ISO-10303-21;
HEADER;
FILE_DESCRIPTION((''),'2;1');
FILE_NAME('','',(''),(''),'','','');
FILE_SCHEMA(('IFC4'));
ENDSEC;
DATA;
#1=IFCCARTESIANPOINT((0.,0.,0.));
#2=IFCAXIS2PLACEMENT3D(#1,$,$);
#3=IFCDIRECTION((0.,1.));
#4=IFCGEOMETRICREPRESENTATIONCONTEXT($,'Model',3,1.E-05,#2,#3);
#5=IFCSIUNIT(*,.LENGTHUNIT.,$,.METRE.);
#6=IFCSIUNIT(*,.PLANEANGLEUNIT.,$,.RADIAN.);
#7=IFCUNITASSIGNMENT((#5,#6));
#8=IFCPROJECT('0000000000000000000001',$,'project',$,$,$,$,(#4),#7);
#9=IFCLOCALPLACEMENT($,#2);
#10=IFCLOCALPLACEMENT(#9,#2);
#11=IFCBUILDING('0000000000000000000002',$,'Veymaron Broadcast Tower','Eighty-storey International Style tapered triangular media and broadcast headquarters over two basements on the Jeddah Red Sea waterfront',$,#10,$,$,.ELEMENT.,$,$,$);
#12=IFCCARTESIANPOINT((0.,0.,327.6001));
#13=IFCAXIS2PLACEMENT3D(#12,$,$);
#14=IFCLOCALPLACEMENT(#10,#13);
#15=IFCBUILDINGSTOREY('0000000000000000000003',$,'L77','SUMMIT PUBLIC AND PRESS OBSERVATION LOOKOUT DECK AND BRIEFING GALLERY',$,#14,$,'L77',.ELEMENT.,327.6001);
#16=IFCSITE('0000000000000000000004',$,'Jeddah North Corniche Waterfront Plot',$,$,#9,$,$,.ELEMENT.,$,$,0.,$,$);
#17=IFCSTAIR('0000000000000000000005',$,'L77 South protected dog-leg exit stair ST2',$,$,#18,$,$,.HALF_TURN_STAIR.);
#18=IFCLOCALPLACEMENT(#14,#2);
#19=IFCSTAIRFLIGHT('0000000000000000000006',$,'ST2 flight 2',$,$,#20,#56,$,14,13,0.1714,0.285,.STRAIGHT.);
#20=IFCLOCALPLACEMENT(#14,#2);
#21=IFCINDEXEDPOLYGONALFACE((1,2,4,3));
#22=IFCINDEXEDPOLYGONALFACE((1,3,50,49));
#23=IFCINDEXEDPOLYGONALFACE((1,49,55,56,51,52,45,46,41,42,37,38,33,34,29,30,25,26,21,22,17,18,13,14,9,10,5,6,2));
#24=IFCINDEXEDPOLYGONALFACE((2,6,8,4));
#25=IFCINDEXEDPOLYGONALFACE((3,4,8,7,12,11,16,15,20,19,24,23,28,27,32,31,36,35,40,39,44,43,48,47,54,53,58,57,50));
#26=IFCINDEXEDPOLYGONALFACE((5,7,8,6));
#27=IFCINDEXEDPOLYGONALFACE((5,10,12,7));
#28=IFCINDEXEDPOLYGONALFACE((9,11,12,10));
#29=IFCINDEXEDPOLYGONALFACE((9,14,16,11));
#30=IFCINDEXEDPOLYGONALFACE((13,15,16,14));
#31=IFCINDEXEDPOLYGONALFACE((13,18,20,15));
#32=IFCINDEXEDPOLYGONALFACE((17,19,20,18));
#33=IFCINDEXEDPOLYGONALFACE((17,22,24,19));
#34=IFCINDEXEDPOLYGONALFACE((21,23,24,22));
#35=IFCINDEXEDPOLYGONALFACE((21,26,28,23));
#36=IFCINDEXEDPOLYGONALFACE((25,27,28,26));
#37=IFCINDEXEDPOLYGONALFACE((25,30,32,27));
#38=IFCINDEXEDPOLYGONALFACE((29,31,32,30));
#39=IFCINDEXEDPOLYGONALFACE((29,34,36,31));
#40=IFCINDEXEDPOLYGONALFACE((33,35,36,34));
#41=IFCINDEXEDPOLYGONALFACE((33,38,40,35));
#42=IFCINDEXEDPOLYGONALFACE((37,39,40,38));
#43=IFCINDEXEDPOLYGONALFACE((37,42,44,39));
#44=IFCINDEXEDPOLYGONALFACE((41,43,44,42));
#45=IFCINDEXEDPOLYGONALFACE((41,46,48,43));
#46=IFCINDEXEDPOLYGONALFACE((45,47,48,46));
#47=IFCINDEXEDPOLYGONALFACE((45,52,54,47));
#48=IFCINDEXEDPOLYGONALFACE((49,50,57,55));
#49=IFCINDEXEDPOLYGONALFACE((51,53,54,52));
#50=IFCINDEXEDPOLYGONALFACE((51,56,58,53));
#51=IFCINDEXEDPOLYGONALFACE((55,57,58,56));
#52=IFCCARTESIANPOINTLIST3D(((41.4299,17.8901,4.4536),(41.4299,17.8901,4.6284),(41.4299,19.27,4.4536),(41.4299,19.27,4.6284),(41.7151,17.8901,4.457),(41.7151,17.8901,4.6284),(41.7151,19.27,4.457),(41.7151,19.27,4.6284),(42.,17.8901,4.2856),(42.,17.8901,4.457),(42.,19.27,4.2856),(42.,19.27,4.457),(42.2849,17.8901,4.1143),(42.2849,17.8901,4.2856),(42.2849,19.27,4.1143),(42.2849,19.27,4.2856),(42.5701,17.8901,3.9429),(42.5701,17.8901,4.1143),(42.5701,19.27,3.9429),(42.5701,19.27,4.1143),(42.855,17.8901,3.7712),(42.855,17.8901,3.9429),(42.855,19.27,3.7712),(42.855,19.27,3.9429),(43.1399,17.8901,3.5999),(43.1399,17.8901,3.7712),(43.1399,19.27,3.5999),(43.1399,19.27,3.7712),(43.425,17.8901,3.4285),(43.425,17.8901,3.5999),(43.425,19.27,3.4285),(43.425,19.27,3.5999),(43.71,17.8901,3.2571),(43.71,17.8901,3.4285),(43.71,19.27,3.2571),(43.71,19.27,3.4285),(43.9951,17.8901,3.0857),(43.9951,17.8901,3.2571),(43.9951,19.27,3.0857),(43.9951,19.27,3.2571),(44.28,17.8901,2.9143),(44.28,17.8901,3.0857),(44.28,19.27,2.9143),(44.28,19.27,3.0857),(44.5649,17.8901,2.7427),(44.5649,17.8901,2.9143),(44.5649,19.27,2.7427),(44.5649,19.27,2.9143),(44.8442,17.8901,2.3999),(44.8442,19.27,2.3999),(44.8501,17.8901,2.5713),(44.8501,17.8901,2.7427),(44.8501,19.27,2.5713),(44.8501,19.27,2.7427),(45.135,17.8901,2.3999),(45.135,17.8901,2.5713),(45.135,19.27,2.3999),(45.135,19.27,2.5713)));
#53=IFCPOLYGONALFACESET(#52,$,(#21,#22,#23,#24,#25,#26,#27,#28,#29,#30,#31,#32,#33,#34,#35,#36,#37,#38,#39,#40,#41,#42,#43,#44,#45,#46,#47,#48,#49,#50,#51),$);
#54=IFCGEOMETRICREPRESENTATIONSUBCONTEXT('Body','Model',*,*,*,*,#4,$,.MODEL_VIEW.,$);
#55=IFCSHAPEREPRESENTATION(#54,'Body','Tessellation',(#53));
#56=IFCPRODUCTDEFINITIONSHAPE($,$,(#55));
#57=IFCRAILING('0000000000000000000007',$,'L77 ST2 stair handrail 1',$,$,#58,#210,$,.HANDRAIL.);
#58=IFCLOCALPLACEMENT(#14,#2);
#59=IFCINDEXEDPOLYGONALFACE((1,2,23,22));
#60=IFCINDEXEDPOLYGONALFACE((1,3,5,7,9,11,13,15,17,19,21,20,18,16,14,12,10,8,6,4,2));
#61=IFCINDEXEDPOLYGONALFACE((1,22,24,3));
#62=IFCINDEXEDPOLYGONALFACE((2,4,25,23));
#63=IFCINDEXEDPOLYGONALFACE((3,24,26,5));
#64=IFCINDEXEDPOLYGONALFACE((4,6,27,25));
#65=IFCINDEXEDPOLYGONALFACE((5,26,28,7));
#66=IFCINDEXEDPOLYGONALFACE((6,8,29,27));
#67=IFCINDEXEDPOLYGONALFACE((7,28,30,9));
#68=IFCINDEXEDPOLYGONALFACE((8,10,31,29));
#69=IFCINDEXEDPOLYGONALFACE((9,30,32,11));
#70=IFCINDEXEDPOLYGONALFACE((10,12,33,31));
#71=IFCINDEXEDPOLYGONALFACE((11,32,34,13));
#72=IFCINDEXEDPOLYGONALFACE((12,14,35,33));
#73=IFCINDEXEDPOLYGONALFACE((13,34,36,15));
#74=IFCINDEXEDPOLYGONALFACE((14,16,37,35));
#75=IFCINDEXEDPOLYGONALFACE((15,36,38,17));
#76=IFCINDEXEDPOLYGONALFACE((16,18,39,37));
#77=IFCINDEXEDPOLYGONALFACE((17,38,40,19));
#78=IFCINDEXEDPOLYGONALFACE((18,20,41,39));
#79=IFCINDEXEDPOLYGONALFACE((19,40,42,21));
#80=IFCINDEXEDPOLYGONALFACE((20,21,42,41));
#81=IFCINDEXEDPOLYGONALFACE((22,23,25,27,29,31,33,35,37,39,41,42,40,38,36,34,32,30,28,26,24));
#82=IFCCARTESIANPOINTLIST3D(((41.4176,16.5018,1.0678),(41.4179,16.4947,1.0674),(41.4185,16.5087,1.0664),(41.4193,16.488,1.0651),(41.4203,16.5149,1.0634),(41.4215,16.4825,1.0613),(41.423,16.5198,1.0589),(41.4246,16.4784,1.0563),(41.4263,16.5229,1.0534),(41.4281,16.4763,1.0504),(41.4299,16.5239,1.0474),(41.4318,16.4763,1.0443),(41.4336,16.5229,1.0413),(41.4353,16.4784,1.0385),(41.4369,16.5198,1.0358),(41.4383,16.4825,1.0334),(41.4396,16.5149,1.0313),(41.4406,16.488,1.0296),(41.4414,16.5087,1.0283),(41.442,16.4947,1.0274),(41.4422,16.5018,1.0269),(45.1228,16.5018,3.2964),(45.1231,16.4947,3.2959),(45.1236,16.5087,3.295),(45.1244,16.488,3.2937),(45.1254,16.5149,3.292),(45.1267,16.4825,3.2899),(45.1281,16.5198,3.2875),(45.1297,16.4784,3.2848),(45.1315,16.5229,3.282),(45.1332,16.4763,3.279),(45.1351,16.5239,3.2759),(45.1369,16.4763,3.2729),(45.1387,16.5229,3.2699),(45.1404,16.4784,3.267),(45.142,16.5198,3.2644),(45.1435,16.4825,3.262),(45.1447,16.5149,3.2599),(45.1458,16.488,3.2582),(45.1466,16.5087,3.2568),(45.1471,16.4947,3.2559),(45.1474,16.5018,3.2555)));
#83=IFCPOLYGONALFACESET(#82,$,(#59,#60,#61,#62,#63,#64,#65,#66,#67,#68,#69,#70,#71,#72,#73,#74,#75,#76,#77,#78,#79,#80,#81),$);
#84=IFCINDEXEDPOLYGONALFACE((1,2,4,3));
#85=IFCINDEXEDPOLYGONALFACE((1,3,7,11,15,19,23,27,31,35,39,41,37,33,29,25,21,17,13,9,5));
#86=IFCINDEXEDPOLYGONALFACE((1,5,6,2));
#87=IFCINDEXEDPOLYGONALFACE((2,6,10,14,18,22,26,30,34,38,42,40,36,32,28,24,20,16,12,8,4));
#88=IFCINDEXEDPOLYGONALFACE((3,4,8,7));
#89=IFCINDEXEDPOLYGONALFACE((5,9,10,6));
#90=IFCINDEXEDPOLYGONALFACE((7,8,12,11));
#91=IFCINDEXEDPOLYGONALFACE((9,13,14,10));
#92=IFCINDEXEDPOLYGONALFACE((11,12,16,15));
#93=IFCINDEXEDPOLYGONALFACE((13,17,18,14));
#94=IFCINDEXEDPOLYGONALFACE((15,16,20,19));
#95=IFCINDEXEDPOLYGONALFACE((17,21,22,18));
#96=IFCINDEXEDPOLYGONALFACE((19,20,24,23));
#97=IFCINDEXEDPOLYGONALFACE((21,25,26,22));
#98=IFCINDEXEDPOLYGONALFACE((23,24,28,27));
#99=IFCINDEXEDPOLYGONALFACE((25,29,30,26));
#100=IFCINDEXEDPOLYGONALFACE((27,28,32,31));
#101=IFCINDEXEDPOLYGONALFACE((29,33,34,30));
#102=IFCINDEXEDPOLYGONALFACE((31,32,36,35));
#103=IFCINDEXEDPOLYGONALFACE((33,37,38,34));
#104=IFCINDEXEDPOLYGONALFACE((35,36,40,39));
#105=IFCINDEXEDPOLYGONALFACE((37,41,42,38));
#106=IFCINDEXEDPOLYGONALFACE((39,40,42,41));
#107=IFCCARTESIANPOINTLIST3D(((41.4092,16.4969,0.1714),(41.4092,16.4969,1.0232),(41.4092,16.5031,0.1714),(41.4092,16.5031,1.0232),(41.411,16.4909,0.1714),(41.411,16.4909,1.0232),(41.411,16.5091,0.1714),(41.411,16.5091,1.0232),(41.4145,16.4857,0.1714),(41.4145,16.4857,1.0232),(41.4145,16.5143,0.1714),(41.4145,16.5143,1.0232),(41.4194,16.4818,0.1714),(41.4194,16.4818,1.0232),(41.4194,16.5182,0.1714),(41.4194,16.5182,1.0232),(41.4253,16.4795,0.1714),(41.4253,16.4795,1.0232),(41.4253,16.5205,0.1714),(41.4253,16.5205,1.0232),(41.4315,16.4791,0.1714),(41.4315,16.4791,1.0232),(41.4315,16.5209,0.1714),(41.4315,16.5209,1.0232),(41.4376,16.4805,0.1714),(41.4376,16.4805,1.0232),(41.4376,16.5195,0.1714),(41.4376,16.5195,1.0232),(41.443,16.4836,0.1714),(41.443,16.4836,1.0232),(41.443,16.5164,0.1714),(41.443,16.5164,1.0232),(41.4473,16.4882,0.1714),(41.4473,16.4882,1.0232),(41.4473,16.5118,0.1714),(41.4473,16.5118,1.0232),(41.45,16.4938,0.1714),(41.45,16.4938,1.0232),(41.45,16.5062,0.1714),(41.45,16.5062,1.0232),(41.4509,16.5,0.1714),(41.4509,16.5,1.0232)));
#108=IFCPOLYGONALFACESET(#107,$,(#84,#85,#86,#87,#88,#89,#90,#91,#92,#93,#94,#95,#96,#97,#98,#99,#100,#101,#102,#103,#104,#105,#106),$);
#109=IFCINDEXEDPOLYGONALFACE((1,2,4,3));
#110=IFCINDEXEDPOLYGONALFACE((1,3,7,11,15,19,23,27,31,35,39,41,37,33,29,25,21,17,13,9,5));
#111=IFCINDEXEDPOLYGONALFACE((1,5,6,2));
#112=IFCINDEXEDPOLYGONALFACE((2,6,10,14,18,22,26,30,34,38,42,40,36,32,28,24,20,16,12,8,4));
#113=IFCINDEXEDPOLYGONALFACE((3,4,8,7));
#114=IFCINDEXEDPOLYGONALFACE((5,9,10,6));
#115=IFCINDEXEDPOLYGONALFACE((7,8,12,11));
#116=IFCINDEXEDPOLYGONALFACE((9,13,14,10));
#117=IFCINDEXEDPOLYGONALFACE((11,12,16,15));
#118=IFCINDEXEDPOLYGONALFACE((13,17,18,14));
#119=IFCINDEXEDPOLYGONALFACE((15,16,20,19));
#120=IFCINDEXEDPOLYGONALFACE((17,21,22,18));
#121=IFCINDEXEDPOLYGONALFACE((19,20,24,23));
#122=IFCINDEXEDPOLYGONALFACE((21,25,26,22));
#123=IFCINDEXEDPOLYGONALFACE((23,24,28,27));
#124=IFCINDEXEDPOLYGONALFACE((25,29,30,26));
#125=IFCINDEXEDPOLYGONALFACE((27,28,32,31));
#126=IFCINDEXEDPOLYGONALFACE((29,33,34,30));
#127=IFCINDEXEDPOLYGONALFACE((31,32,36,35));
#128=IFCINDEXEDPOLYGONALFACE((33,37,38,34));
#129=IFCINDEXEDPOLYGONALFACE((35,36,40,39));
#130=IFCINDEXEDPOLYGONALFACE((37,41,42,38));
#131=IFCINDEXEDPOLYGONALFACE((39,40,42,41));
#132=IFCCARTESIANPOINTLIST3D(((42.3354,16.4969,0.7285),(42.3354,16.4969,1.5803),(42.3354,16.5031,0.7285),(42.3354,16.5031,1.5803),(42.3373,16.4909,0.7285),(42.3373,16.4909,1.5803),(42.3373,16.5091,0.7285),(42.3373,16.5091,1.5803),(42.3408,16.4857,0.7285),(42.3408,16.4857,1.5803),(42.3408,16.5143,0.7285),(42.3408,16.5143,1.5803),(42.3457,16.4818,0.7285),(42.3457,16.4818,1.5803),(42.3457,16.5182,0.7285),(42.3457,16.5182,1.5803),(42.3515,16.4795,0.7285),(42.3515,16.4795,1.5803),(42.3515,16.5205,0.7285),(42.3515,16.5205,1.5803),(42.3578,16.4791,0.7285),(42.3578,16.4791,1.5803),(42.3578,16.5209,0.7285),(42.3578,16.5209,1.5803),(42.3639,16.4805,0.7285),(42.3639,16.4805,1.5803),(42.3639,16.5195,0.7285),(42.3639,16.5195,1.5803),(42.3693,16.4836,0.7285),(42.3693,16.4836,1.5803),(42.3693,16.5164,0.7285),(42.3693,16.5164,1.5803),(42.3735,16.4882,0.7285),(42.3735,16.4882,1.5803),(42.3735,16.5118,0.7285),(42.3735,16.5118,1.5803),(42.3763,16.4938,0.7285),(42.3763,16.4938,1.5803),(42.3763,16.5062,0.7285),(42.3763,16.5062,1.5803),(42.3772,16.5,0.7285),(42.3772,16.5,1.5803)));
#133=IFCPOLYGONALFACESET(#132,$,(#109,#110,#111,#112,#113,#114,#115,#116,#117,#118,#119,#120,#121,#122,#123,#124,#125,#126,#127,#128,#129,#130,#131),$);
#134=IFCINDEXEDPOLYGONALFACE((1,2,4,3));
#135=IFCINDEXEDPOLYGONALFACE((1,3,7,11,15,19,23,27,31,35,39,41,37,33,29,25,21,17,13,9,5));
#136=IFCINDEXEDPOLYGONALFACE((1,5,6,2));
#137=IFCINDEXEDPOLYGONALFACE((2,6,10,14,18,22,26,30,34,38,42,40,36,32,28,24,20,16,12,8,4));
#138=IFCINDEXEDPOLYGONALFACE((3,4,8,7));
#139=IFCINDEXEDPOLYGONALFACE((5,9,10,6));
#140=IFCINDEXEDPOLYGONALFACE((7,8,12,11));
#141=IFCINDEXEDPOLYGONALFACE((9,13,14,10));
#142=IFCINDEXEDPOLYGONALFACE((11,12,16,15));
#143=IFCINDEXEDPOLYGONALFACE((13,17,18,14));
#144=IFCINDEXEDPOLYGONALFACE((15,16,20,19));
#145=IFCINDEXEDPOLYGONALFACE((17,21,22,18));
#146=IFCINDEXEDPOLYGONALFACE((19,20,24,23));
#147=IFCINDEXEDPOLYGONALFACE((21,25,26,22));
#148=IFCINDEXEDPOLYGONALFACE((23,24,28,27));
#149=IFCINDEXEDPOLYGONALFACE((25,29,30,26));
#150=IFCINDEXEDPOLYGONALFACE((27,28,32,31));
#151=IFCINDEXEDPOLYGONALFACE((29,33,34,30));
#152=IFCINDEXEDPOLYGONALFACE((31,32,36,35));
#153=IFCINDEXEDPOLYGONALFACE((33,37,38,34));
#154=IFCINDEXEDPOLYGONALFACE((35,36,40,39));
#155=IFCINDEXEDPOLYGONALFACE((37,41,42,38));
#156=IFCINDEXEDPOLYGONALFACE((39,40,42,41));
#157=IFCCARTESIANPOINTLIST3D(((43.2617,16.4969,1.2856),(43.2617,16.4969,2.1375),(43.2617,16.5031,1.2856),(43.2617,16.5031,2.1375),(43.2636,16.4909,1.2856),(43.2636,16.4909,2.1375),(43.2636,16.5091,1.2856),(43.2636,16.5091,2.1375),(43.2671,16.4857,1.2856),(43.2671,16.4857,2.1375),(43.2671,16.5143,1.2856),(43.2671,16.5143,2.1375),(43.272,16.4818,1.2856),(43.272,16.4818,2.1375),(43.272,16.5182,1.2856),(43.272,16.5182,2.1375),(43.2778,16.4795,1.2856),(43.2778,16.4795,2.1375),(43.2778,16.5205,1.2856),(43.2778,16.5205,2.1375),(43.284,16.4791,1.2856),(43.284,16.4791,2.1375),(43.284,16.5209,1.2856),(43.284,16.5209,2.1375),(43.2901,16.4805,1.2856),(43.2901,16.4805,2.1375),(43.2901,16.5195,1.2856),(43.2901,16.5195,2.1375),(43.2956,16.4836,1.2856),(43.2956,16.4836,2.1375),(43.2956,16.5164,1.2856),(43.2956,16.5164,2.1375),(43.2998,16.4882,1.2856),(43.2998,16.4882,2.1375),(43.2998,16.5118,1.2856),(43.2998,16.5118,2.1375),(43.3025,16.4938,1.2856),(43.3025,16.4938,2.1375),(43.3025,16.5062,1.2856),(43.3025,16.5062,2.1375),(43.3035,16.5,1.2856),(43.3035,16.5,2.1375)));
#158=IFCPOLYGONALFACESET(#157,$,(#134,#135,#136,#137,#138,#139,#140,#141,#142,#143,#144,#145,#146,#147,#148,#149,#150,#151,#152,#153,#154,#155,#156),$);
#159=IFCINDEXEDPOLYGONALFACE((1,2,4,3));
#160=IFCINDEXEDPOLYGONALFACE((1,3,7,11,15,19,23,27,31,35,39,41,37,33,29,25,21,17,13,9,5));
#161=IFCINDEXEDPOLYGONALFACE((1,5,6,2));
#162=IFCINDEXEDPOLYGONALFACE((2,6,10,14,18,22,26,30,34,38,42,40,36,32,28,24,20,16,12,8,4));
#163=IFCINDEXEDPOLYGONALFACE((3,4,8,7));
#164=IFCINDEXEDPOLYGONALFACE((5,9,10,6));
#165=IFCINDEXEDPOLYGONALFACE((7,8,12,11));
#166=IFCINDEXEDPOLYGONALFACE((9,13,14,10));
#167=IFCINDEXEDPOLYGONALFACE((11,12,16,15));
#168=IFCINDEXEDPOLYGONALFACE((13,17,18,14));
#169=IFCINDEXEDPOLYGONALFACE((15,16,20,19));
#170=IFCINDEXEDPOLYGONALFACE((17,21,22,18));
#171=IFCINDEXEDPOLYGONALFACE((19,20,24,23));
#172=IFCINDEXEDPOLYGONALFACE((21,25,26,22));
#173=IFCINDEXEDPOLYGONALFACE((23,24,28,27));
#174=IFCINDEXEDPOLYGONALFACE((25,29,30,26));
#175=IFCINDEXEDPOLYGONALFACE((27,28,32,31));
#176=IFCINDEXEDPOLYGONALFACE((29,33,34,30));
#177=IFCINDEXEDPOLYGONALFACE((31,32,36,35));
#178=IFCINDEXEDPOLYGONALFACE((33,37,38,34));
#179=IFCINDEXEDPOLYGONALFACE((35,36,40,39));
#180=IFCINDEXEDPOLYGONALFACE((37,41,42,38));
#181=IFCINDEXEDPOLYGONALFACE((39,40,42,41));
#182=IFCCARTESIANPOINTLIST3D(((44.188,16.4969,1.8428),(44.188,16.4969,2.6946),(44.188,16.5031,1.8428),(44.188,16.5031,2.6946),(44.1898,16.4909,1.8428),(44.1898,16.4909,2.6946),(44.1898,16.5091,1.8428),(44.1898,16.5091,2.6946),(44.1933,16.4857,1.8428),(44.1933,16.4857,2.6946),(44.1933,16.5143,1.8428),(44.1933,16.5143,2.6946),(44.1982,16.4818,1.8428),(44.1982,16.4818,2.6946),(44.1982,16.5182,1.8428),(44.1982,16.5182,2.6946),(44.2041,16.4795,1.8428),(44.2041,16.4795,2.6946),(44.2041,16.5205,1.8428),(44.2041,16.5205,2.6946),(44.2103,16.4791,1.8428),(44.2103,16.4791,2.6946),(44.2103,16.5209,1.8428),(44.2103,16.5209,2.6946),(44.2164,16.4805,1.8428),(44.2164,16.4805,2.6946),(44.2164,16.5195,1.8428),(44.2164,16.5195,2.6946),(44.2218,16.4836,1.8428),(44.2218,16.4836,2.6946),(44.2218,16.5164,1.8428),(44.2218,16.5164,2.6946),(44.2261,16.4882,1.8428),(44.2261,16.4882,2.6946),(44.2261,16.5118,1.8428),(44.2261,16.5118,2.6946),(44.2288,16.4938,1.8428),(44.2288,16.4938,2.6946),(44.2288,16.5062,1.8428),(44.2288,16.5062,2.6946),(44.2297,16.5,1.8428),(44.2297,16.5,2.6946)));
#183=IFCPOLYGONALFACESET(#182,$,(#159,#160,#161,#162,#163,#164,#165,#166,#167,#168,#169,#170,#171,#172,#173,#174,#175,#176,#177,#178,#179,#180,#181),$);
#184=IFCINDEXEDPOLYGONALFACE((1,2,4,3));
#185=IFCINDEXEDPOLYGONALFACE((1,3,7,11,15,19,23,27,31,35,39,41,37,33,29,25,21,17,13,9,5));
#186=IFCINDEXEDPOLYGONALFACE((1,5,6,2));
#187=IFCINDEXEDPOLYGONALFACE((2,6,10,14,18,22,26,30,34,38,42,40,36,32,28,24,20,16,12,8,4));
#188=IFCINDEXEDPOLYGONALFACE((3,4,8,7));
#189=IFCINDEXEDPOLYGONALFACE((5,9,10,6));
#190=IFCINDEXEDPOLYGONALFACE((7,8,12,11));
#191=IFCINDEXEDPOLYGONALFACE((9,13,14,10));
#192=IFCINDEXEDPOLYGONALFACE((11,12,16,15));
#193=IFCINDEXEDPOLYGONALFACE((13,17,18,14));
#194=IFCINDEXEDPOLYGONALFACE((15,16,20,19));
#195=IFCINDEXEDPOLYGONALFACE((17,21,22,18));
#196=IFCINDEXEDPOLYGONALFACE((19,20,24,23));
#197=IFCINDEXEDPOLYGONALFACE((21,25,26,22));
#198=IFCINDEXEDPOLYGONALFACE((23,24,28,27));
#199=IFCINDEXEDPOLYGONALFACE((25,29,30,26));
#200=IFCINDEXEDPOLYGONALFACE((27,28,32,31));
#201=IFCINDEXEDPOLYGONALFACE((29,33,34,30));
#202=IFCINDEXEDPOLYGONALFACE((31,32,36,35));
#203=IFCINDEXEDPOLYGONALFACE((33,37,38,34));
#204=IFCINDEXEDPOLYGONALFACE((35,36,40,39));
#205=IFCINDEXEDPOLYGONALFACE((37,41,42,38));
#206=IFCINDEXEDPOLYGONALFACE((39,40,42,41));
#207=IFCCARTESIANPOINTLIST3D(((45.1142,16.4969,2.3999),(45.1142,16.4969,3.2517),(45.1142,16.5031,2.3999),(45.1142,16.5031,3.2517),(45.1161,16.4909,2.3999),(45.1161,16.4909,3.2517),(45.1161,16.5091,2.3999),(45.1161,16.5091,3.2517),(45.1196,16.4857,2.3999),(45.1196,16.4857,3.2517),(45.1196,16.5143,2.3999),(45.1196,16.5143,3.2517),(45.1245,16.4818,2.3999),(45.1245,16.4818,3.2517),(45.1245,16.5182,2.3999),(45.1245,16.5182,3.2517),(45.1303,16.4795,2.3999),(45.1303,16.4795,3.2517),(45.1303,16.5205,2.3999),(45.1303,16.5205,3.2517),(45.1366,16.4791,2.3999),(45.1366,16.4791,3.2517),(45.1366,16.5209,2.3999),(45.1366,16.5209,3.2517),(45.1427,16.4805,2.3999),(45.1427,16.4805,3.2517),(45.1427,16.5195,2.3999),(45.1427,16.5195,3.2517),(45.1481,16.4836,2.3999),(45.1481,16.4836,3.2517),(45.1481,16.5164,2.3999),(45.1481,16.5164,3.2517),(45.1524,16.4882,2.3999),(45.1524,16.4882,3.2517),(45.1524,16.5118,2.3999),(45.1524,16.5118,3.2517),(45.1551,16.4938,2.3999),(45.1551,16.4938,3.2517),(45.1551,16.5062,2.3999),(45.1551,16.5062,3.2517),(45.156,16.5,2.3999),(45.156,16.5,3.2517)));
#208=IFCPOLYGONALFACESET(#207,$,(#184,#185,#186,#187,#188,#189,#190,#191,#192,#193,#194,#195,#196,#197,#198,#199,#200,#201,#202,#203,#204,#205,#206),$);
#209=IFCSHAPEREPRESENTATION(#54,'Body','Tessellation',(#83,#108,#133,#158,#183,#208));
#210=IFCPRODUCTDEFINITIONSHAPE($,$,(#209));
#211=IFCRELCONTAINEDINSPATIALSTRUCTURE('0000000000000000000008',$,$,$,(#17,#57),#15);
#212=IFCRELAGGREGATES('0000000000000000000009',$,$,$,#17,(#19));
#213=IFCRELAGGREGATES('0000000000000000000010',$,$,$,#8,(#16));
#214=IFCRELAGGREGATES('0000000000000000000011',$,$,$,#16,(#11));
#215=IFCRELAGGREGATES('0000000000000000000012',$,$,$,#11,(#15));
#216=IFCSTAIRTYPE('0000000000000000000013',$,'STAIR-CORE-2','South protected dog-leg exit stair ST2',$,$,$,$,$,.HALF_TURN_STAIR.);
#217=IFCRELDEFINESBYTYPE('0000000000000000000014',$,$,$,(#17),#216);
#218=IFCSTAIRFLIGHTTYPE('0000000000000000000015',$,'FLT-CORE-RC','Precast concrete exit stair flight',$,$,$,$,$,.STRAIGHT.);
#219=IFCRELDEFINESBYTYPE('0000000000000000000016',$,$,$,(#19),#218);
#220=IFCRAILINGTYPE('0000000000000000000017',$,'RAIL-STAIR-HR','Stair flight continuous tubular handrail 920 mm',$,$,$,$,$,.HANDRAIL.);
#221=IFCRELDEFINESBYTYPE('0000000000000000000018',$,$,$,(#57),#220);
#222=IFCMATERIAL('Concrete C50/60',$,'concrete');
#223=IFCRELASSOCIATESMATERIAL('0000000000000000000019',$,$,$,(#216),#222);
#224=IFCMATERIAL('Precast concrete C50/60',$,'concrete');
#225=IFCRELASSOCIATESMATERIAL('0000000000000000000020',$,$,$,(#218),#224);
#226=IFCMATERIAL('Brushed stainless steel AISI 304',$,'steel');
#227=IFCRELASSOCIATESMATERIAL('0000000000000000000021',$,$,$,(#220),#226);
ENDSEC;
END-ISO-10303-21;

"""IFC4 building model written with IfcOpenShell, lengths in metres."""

from ifc_helpers import new_model, si_unit, direction, frame, origin, origin_2d, place, context, subcontext, project, spatial, polyline, circle, outline, extrude, material, type_object, element, aggregate, save


model = new_model("IFC4")

# Units and contexts
model_context = context("Model", 3, precision=1e-05, world=origin(), true_north=direction((0.0, 1.0)))
body_context = subcontext(model_context, "Body", "Model", "MODEL_VIEW")
ifc_project = project(units=[si_unit("LENGTHUNIT", "METRE"), si_unit("PLANEANGLEUNIT", "RADIAN")], contexts=[model_context])

# Site, building, storey
site_placement = place(None, origin())
site = spatial("IfcSite", under=ifc_project, at=site_placement, Name="Jeddah North Corniche Waterfront Plot", CompositionType="ELEMENT", RefElevation=0.0)
building_placement = place(site_placement, origin())
building = spatial("IfcBuilding", under=site, at=building_placement, Name="Veymaron Broadcast Tower", Description="Eighty-storey International Style tapered triangular media and broadcast headquarters over two basements on the Jeddah Red Sea waterfront", CompositionType="ELEMENT")
storey_placement = place(building_placement, frame((0.0, 0.0, 327.6001)))
storey = spatial("IfcBuildingStorey", under=building, at=storey_placement, Name="L77", Description="SUMMIT PUBLIC AND PRESS OBSERVATION LOOKOUT DECK AND BRIEFING GALLERY", LongName="L77", CompositionType="ELEMENT", Elevation=327.6001)

# Shared definitions
ifc_material_1 = material(Name="Concrete C50/60", Category="concrete")

# Stair, stair flight
stair_type = type_object("IfcStairType", Name="STAIR-CORE-2", Description="South protected dog-leg exit stair ST2", PredefinedType="HALF_TURN_STAIR", material=ifc_material_1)
stair_placement = place(storey_placement, origin())
stair = element("IfcStair", 1, at=stair_placement, inside=storey, type_object=stair_type, Name="L77 South protected dog-leg exit stair ST2", PredefinedType="HALF_TURN_STAIR")
ifc_material_2 = material(Name="Precast concrete C50/60", Category="concrete")
stair_flight_type = type_object("IfcStairFlightType", Name="FLT-CORE-RC", Description="Precast concrete exit stair flight", PredefinedType="STRAIGHT", material=ifc_material_2)
stair_flight_1_placement = place(storey_placement, frame((45.135, 18.5801, 2.3999), z_axis=(0.0, 0.0, 1.0), x_axis=(-1.0, 0.0, 0.0)))
stair_flight_1 = element("IfcStairFlight", 2, at=stair_flight_1_placement, type_object=stair_flight_type, Name="ST2 flight 2", NumberOfRisers=14, NumberOfTreads=13, PredefinedType="STRAIGHT", RiserHeight=0.1714, TreadLength=0.285, context=body_context, shape_type="SweptSolid", body=[
    extrude(outline(polyline([(0.0, 0.0), (0.0, 0.1714), (0.2849, 0.1714), (0.2849, 0.3428), (0.5701, 0.3428), (0.5701, 0.5144), (0.855, 0.5144), (0.855, 0.6858), (1.1399, 0.6858), (1.1399, 0.8572), (1.425, 0.8572), (1.425, 1.0286), (1.71, 1.0286), (1.71, 1.2), (1.9951, 1.2), (1.9951, 1.3713), (2.28, 1.3713), (2.28, 1.543), (2.5649, 1.543), (2.5649, 1.7144), (2.8501, 1.7144), (2.8501, 1.8857), (3.135, 1.8857), (3.135, 2.0571), (3.4199, 2.0571), (3.4199, 2.2285), (3.7051, 2.2285), (3.7051, 2.3999), (3.7051, 2.0537), (0.2908, 0.0), (0.0, 0.0)])), frame((0.0, 0.6899, 0.0), z_axis=(0.0, -1.0, 0.0), x_axis=(1.0, 0.0, 0.0)), (0.0, 0.0, 1.0), 1.3799),
])
aggregate(stair, [stair_flight_1])

# Railing
ifc_material_3 = material(Name="Brushed stainless steel AISI 304", Category="steel")
railing_type_1 = type_object("IfcRailingType", Name="RAIL-STAIR-HR", Description="Stair flight continuous tubular handrail 920 mm", PredefinedType="HANDRAIL", material=ifc_material_3)
railing_1_placement = place(storey_placement, frame((41.4299, 16.5, 0.1714)))
element("IfcRailing", 3, at=railing_1_placement, inside=storey, type_object=railing_type_1, Name="L77 ST2 stair handrail 1", PredefinedType="HANDRAIL", context=body_context, shape_type="SweptSolid", body=[
    extrude(circle(Radius=0.0239, at=origin_2d()), frame((0.0, 0.0, 0.876), z_axis=(0.856934, 0.0, 0.515425), x_axis=(0.0, 1.0, 0.0)), (0.0, 0.0, 1.0), 4.3237),
    extrude(circle(Radius=0.021, at=origin_2d()), origin(), (0.0, 0.0, 1.0), 0.8518),
    extrude(circle(Radius=0.021, at=origin_2d()), frame((0.9263, 0.0, 0.5571)), (0.0, 0.0, 1.0), 0.8518),
    extrude(circle(Radius=0.021, at=origin_2d()), frame((1.8525, 0.0, 1.1143)), (0.0, 0.0, 1.0), 0.8518),
    extrude(circle(Radius=0.021, at=origin_2d()), frame((2.7788, 0.0, 1.6714)), (0.0, 0.0, 1.0), 0.8518),
    extrude(circle(Radius=0.021, at=origin_2d()), frame((3.7051, 0.0, 2.2285)), (0.0, 0.0, 1.0), 0.8518),
])

save(model, "model.ifc")
